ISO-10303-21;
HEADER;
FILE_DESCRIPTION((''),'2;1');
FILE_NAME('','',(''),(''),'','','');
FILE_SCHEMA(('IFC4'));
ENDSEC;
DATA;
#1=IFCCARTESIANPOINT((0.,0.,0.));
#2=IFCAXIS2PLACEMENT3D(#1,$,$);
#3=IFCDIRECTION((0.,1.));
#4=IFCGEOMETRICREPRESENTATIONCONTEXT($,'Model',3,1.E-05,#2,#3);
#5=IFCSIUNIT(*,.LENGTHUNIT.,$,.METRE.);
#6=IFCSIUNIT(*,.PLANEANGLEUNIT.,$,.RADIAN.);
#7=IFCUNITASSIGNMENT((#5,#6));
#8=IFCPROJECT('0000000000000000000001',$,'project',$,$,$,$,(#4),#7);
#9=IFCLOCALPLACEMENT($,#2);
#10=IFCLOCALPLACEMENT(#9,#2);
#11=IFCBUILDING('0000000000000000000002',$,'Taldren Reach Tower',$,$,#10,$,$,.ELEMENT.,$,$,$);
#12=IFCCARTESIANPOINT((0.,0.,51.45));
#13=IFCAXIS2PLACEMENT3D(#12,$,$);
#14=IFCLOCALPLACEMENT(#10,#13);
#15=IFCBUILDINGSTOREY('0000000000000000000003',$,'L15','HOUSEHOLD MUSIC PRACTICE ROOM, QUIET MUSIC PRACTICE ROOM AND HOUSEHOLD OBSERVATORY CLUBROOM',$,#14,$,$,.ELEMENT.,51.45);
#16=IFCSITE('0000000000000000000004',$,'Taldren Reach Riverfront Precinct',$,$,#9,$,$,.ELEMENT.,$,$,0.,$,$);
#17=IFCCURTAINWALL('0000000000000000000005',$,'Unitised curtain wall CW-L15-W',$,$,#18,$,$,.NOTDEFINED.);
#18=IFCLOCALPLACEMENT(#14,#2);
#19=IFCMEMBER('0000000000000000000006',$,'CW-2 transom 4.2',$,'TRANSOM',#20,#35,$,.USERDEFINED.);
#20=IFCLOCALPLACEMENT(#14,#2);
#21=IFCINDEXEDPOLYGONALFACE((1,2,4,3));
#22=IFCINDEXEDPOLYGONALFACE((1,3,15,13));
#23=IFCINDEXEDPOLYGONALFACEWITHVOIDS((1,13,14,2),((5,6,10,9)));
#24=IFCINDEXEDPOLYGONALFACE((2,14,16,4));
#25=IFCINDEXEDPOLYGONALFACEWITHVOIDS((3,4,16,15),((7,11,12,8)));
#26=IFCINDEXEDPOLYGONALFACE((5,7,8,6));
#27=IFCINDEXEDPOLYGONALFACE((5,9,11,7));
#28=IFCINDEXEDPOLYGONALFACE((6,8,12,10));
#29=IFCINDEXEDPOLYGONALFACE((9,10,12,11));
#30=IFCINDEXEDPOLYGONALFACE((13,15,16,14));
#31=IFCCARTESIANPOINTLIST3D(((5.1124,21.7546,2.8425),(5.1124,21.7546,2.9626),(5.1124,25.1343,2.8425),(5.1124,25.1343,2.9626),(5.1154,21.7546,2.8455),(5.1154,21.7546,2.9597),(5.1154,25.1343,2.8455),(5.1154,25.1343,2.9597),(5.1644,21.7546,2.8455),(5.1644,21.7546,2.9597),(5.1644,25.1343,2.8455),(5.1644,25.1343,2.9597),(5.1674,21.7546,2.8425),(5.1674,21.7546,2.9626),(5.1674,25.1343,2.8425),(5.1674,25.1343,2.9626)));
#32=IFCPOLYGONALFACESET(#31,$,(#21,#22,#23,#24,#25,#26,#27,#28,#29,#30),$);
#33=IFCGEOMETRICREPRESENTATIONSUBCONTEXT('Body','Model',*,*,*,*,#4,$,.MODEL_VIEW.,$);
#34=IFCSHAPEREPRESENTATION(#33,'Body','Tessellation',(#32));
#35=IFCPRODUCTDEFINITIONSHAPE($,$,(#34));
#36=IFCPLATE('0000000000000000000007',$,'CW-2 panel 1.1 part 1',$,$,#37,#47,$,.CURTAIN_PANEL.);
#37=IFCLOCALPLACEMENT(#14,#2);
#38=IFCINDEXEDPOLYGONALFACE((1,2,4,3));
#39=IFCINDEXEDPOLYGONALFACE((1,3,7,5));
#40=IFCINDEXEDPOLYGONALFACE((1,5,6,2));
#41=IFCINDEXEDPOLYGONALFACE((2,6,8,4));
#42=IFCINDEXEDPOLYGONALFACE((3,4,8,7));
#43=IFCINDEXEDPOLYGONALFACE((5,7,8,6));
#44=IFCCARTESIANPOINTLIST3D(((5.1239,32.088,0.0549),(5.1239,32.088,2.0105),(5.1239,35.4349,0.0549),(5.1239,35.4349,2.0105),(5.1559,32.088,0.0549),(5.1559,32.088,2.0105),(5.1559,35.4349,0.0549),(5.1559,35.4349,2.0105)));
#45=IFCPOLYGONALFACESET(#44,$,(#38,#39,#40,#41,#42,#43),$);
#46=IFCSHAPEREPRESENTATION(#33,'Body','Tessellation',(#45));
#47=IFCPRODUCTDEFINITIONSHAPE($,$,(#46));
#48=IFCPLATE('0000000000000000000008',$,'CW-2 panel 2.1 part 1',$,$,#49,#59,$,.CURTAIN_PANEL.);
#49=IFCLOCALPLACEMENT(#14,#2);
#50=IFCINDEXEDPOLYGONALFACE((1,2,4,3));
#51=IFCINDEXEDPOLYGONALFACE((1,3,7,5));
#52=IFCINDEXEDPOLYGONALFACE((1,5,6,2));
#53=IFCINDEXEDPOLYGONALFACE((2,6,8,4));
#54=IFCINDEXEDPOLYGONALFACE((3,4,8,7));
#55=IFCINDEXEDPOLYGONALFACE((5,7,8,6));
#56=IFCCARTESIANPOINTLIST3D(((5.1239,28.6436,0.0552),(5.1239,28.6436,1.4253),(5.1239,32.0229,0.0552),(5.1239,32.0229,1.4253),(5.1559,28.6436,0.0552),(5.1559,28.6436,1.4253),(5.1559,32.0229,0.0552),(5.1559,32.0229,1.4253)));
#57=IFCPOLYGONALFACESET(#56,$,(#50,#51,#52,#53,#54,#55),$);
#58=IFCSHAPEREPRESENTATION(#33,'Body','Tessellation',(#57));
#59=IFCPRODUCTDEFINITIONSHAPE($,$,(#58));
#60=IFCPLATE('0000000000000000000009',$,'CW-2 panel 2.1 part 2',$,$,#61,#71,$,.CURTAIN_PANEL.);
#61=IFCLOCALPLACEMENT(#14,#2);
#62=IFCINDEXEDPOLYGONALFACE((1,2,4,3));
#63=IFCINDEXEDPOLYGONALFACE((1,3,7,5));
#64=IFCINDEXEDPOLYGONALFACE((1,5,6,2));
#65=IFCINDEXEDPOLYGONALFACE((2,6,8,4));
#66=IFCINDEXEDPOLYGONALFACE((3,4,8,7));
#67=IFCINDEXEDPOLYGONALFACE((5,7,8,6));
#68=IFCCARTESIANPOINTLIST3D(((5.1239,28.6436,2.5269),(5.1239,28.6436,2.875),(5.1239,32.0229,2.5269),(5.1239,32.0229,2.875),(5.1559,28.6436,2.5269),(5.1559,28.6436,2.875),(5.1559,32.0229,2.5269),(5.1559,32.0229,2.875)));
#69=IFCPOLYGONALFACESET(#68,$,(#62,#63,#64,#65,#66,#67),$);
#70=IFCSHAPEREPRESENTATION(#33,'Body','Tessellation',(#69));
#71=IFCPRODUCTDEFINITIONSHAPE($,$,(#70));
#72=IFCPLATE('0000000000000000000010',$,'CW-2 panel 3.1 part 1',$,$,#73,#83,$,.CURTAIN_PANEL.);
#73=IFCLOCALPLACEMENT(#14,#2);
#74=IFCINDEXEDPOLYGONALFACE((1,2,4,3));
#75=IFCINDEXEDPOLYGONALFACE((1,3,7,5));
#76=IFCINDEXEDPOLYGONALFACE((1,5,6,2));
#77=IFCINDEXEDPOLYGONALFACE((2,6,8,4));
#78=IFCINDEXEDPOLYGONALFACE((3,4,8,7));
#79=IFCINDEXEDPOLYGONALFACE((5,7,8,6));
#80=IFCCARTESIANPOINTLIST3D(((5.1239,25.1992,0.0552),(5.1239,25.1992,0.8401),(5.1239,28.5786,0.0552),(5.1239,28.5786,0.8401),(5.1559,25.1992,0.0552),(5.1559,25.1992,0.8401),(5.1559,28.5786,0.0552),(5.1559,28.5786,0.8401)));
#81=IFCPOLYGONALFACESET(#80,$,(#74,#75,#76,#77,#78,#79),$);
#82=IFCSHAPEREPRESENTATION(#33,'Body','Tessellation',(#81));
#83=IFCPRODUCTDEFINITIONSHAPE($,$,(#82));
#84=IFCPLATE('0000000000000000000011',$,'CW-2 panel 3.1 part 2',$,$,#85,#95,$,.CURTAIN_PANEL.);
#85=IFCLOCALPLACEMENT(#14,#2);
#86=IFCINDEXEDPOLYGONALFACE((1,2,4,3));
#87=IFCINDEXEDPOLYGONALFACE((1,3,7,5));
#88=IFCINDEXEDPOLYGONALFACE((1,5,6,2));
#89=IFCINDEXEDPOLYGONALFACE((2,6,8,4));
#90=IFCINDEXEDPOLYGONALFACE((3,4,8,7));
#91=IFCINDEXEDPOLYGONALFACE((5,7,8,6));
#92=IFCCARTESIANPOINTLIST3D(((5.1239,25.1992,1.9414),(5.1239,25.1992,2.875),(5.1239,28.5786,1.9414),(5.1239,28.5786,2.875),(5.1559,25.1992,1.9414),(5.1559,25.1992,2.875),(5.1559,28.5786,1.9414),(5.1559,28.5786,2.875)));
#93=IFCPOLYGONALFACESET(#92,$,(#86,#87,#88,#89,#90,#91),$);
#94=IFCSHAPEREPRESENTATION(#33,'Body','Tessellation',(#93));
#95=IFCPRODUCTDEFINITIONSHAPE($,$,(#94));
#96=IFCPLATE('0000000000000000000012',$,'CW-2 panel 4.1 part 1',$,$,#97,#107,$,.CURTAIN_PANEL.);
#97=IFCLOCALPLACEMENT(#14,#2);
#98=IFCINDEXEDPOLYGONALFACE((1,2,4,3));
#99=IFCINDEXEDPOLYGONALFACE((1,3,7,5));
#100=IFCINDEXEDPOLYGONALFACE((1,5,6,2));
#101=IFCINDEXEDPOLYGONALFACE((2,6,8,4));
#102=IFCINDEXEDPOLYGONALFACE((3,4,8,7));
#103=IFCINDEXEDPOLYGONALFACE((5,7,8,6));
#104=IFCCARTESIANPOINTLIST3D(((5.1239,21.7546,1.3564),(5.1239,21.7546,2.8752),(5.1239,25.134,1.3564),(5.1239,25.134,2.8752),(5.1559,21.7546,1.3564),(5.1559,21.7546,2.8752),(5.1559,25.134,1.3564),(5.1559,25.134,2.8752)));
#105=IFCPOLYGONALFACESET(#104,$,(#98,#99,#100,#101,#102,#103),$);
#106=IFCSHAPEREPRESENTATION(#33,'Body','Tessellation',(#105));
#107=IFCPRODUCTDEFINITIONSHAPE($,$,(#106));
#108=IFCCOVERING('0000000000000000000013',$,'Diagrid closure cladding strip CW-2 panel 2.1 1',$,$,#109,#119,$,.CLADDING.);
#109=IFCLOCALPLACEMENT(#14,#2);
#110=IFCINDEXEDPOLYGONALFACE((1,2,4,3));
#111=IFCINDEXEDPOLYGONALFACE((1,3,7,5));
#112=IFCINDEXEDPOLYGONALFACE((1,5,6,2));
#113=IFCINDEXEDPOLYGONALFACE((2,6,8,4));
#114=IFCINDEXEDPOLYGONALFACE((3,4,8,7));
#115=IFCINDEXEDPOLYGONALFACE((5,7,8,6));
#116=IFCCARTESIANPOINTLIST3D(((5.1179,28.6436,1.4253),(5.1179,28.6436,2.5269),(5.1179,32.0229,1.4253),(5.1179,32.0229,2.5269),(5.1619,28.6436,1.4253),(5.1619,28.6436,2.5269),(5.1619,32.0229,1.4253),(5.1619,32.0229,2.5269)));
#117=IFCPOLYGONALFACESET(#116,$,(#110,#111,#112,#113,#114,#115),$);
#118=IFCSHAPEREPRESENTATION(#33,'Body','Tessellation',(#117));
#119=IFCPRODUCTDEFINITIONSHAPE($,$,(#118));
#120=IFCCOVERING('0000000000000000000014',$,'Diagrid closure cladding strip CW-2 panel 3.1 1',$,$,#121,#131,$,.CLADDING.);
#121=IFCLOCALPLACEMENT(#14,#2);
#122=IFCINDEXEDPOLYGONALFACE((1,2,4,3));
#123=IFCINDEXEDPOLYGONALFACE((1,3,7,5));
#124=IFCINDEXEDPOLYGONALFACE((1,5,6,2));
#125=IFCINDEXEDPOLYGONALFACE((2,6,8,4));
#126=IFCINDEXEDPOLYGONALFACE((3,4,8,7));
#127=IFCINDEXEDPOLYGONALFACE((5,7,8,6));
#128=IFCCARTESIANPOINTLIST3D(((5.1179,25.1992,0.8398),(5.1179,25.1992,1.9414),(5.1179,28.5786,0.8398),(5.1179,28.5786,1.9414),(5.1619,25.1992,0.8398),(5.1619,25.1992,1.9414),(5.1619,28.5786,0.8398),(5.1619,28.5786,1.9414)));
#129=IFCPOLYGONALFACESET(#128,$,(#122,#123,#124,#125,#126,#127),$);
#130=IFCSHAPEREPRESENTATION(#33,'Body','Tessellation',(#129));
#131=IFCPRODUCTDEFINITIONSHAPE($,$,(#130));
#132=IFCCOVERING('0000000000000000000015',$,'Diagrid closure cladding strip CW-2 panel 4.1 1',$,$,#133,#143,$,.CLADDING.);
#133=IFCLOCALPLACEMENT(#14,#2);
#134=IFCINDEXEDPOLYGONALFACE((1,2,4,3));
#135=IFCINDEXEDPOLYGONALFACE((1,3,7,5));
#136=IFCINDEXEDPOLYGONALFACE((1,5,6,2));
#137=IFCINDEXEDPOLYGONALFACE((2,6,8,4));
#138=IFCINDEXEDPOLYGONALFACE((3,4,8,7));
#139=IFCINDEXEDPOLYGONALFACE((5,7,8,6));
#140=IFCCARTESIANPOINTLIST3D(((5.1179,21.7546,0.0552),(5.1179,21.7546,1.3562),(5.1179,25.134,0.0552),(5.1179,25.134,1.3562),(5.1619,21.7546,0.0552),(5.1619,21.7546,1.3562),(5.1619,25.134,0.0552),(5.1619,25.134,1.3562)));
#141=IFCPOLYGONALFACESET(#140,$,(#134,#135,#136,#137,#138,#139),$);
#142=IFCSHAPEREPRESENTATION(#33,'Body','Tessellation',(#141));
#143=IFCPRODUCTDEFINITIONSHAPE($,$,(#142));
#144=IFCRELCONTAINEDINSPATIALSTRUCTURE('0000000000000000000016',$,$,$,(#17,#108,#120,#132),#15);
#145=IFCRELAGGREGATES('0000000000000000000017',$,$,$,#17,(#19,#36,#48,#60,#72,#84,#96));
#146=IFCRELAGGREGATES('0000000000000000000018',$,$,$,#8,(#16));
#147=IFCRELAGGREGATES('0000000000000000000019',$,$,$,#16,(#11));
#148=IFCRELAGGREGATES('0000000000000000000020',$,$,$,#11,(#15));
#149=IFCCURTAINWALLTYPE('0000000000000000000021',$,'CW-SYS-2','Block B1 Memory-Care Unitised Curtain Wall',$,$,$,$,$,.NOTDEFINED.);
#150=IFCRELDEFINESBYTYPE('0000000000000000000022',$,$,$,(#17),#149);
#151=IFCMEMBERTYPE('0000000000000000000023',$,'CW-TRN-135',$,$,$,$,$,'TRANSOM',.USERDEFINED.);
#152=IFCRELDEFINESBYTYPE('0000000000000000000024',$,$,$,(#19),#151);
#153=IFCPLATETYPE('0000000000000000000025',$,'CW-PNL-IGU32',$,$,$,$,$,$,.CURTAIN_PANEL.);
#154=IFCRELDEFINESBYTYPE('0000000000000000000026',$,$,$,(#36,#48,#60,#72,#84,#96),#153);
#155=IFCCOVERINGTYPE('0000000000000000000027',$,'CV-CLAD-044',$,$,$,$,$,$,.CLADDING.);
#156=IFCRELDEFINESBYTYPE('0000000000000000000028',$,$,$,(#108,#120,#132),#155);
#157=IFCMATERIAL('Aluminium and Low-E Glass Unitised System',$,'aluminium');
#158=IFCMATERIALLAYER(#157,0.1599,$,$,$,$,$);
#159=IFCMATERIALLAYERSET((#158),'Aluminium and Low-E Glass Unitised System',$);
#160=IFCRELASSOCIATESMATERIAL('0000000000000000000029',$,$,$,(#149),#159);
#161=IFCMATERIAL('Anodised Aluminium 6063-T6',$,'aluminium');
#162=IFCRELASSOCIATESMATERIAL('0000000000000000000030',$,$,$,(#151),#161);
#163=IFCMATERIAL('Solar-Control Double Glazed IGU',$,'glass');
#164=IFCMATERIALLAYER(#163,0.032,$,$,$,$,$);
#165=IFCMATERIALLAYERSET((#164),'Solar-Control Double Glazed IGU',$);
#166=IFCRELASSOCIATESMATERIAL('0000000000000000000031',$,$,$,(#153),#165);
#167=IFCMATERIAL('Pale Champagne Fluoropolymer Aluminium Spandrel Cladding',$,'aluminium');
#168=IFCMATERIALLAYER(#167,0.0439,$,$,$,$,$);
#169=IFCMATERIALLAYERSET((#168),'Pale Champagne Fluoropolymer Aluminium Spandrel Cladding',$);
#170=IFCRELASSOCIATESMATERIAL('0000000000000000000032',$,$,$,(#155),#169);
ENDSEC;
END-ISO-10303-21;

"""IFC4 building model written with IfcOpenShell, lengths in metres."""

from ifc_helpers import new_model, si_unit, direction, frame, origin, origin_2d, place, context, subcontext, project, spatial, rectangle, hollow_rectangle, extrude, source, transform, mapped, material, layer, layer_set, material_profile, profile_set, type_object, element, aggregate, save


model = new_model("IFC4")

# Units and contexts
model_context = context("Model", 3, precision=1e-05, world=origin(), true_north=direction((0.0, 1.0)))
body_context = subcontext(model_context, "Body", "Model", "MODEL_VIEW")
ifc_project = project(units=[si_unit("LENGTHUNIT", "METRE"), si_unit("PLANEANGLEUNIT", "RADIAN")], contexts=[model_context])

# Site, building, storey
site_placement = place(None, origin())
site = spatial("IfcSite", under=ifc_project, at=site_placement, Name="Taldren Reach Riverfront Precinct", CompositionType="ELEMENT", RefElevation=0.0)
building_placement = place(site_placement, origin())
building = spatial("IfcBuilding", under=site, at=building_placement, Name="Taldren Reach Tower", CompositionType="ELEMENT")
storey_placement = place(building_placement, frame((0.0, 0.0, 51.45)))
storey = spatial("IfcBuildingStorey", under=building, at=storey_placement, Name="L15", Description="HOUSEHOLD MUSIC PRACTICE ROOM, QUIET MUSIC PRACTICE ROOM AND HOUSEHOLD OBSERVATORY CLUBROOM", CompositionType="ELEMENT", Elevation=51.45)

# Curtain wall, member, plates
ifc_material_1 = material(Name="Aluminium and Low-E Glass Unitised System", Category="aluminium")
ifc_layer_1 = layer(ifc_material_1, 0.1599)
ifc_layer_set_1 = layer_set([ifc_layer_1], Name="Aluminium and Low-E Glass Unitised System")
curtain_wall_type = type_object("IfcCurtainWallType", Name="CW-SYS-2", Description="Block B1 Memory-Care Unitised Curtain Wall", PredefinedType="NOTDEFINED", material=ifc_layer_set_1)
curtain_wall_placement = place(storey_placement, origin())
curtain_wall = element("IfcCurtainWall", 1, at=curtain_wall_placement, inside=storey, type_object=curtain_wall_type, Name="Unitised curtain wall CW-L15-W", PredefinedType="NOTDEFINED")
ifc_material_2 = material(Name="Anodised Aluminium 6063-T6", Category="aluminium")
ifc_material_profile_1 = material_profile(ifc_material_2, hollow_rectangle(XDim=0.0549, YDim=0.1201, WallThickness=0.0029, at=origin_2d()), Name="ALU-120x55x3RHS")
ifc_profile_set_1 = profile_set([ifc_material_profile_1], Name="Anodised Aluminium 6063-T6")
member_type_1 = type_object("IfcMemberType", Name="CW-TRN-135", ElementType="TRANSOM", PredefinedType="USERDEFINED", material=ifc_profile_set_1)
shared_shape_1 = source(origin(), body_context, "Body", "SweptSolid", [
    extrude(hollow_rectangle(XDim=0.0549, YDim=0.1201, WallThickness=0.0029, at=origin_2d()), origin(), (0.0, 0.0, 1.0), 3.3796),
])
member_1_placement = place(storey_placement, frame((5.1399, 25.1343, 2.9026), z_axis=(0.0, -1.0, 0.0), x_axis=(1.0, 0.0, 0.0)))
member_1 = element("IfcMember", 2, at=member_1_placement, type_object=member_type_1, Name="CW-2 transom 4.2", ObjectType="TRANSOM", PredefinedType="USERDEFINED", context=body_context, shape_type="MappedRepresentation", body=[
    mapped(shared_shape_1, transform((0.0, 0.0, 0.0), scale=1.0)),
])
ifc_material_3 = material(Name="Solar-Control Double Glazed IGU", Category="glass")
ifc_layer_2 = layer(ifc_material_3, 0.032)
ifc_layer_set_2 = layer_set([ifc_layer_2], Name="Solar-Control Double Glazed IGU")
plate_type = type_object("IfcPlateType", Name="CW-PNL-IGU32", PredefinedType="CURTAIN_PANEL", material=ifc_layer_set_2)
shared_shape_2 = source(origin(), body_context, "Body", "SweptSolid", [
    extrude(rectangle(XDim=3.3469, YDim=0.032, at=origin_2d()), origin(), (0.0, 0.0, 1.0), 1.9556),
])
plate_1_placement = place(storey_placement, frame((5.1399, 33.7615, 0.0549), z_axis=(0.0, 0.0, 1.0), x_axis=(0.0, -1.0, 0.0)))
plate_1 = element("IfcPlate", 3, at=plate_1_placement, type_object=plate_type, Name="CW-2 panel 1.1 part 1", PredefinedType="CURTAIN_PANEL", context=body_context, shape_type="MappedRepresentation", body=[
    mapped(shared_shape_2, transform((0.0, 0.0, 0.0), scale=1.0)),
])
shared_shape_3 = source(origin(), body_context, "Body", "SweptSolid", [
    extrude(rectangle(XDim=3.3794, YDim=0.032, at=origin_2d()), origin(), (0.0, 0.0, 1.0), 1.3701),
])
plate_2_placement = place(storey_placement, frame((5.1399, 30.3333, 0.0552), z_axis=(0.0, 0.0, 1.0), x_axis=(0.0, -1.0, 0.0)))
plate_2 = element("IfcPlate", 4, at=plate_2_placement, type_object=plate_type, Name="CW-2 panel 2.1 part 1", PredefinedType="CURTAIN_PANEL", context=body_context, shape_type="MappedRepresentation", body=[
    mapped(shared_shape_3, transform((0.0, 0.0, 0.0), scale=1.0)),
])
shared_shape_4 = source(origin(), body_context, "Body", "SweptSolid", [
    extrude(rectangle(XDim=3.3794, YDim=0.032, at=origin_2d()), origin(), (0.0, 0.0, 1.0), 0.3481),
])
plate_3_placement = place(storey_placement, frame((5.1399, 30.3333, 2.5269), z_axis=(0.0, 0.0, 1.0), x_axis=(0.0, -1.0, 0.0)))
plate_3 = element("IfcPlate", 5, at=plate_3_placement, type_object=plate_type, Name="CW-2 panel 2.1 part 2", PredefinedType="CURTAIN_PANEL", context=body_context, shape_type="MappedRepresentation", body=[
    mapped(shared_shape_4, transform((0.0, 0.0, 0.0), scale=1.0)),
])
shared_shape_5 = source(origin(), body_context, "Body", "SweptSolid", [
    extrude(rectangle(XDim=3.3794, YDim=0.032, at=origin_2d()), origin(), (0.0, 0.0, 1.0), 0.7849),
])
plate_4_placement = place(storey_placement, frame((5.1399, 26.8889, 0.0552), z_axis=(0.0, 0.0, 1.0), x_axis=(0.0, -1.0, 0.0)))
plate_4 = element("IfcPlate", 6, at=plate_4_placement, type_object=plate_type, Name="CW-2 panel 3.1 part 1", PredefinedType="CURTAIN_PANEL", context=body_context, shape_type="MappedRepresentation", body=[
    mapped(shared_shape_5, transform((0.0, 0.0, 0.0), scale=1.0)),
])
shared_shape_6 = source(origin(), body_context, "Body", "SweptSolid", [
    extrude(rectangle(XDim=3.3794, YDim=0.032, at=origin_2d()), origin(), (0.0, 0.0, 1.0), 0.9336),
])
plate_5_placement = place(storey_placement, frame((5.1399, 26.8889, 1.9414), z_axis=(0.0, 0.0, 1.0), x_axis=(0.0, -1.0, 0.0)))
plate_5 = element("IfcPlate", 7, at=plate_5_placement, type_object=plate_type, Name="CW-2 panel 3.1 part 2", PredefinedType="CURTAIN_PANEL", context=body_context, shape_type="MappedRepresentation", body=[
    mapped(shared_shape_6, transform((0.0, 0.0, 0.0), scale=1.0)),
])
shared_shape_7 = source(origin(), body_context, "Body", "SweptSolid", [
    extrude(rectangle(XDim=3.3794, YDim=0.032, at=origin_2d()), origin(), (0.0, 0.0, 1.0), 1.5188),
])
plate_6_placement = place(storey_placement, frame((5.1399, 23.4443, 1.3564), z_axis=(0.0, 0.0, 1.0), x_axis=(0.0, -1.0, 0.0)))
plate_6 = element("IfcPlate", 8, at=plate_6_placement, type_object=plate_type, Name="CW-2 panel 4.1 part 1", PredefinedType="CURTAIN_PANEL", context=body_context, shape_type="MappedRepresentation", body=[
    mapped(shared_shape_7, transform((0.0, 0.0, 0.0), scale=1.0)),
])
aggregate(curtain_wall, [member_1, plate_1, plate_2, plate_3, plate_4, plate_5, plate_6])

# Coverings
ifc_material_4 = material(Name="Pale Champagne Fluoropolymer Aluminium Spandrel Cladding", Category="aluminium")
ifc_layer_3 = layer(ifc_material_4, 0.0439)
ifc_layer_set_3 = layer_set([ifc_layer_3], Name="Pale Champagne Fluoropolymer Aluminium Spandrel Cladding")
covering_type = type_object("IfcCoveringType", Name="CV-CLAD-044", PredefinedType="CLADDING", material=ifc_layer_set_3)
shared_shape_8 = source(origin(), body_context, "Body", "SweptSolid", [
    extrude(rectangle(XDim=3.3794, YDim=0.0439, at=origin_2d()), origin(), (0.0, 0.0, 1.0), 1.1016),
])
for number, where, z_axis, x_axis, name in (
    (9, (5.1399, 30.3333, 1.4253), (0.0, 0.0, 1.0), (0.0, -1.0, 0.0), "Diagrid closure cladding strip CW-2 panel 2.1 1"),
    (10, (5.1399, 26.8889, 0.8398), (0.0, 0.0, 1.0), (0.0, -1.0, 0.0), "Diagrid closure cladding strip CW-2 panel 3.1 1"),
):
    element("IfcCovering", number, at=place(storey_placement, frame(where, z_axis=z_axis, x_axis=x_axis)), inside=storey, type_object=covering_type, Name=name, PredefinedType="CLADDING", context=body_context, shape_type="MappedRepresentation", body=[
        mapped(shared_shape_8, transform((0.0, 0.0, 0.0), scale=1.0)),
    ])
shared_shape_9 = source(origin(), body_context, "Body", "SweptSolid", [
    extrude(rectangle(XDim=3.3794, YDim=0.0439, at=origin_2d()), origin(), (0.0, 0.0, 1.0), 1.301),
])
covering_placement = place(storey_placement, frame((5.1399, 23.4443, 0.0552), z_axis=(0.0, 0.0, 1.0), x_axis=(0.0, -1.0, 0.0)))
element("IfcCovering", 11, at=covering_placement, inside=storey, type_object=covering_type, Name="Diagrid closure cladding strip CW-2 panel 4.1 1", PredefinedType="CLADDING", context=body_context, shape_type="MappedRepresentation", body=[
    mapped(shared_shape_9, transform((0.0, 0.0, 0.0), scale=1.0)),
])

save(model, "model.ifc")
